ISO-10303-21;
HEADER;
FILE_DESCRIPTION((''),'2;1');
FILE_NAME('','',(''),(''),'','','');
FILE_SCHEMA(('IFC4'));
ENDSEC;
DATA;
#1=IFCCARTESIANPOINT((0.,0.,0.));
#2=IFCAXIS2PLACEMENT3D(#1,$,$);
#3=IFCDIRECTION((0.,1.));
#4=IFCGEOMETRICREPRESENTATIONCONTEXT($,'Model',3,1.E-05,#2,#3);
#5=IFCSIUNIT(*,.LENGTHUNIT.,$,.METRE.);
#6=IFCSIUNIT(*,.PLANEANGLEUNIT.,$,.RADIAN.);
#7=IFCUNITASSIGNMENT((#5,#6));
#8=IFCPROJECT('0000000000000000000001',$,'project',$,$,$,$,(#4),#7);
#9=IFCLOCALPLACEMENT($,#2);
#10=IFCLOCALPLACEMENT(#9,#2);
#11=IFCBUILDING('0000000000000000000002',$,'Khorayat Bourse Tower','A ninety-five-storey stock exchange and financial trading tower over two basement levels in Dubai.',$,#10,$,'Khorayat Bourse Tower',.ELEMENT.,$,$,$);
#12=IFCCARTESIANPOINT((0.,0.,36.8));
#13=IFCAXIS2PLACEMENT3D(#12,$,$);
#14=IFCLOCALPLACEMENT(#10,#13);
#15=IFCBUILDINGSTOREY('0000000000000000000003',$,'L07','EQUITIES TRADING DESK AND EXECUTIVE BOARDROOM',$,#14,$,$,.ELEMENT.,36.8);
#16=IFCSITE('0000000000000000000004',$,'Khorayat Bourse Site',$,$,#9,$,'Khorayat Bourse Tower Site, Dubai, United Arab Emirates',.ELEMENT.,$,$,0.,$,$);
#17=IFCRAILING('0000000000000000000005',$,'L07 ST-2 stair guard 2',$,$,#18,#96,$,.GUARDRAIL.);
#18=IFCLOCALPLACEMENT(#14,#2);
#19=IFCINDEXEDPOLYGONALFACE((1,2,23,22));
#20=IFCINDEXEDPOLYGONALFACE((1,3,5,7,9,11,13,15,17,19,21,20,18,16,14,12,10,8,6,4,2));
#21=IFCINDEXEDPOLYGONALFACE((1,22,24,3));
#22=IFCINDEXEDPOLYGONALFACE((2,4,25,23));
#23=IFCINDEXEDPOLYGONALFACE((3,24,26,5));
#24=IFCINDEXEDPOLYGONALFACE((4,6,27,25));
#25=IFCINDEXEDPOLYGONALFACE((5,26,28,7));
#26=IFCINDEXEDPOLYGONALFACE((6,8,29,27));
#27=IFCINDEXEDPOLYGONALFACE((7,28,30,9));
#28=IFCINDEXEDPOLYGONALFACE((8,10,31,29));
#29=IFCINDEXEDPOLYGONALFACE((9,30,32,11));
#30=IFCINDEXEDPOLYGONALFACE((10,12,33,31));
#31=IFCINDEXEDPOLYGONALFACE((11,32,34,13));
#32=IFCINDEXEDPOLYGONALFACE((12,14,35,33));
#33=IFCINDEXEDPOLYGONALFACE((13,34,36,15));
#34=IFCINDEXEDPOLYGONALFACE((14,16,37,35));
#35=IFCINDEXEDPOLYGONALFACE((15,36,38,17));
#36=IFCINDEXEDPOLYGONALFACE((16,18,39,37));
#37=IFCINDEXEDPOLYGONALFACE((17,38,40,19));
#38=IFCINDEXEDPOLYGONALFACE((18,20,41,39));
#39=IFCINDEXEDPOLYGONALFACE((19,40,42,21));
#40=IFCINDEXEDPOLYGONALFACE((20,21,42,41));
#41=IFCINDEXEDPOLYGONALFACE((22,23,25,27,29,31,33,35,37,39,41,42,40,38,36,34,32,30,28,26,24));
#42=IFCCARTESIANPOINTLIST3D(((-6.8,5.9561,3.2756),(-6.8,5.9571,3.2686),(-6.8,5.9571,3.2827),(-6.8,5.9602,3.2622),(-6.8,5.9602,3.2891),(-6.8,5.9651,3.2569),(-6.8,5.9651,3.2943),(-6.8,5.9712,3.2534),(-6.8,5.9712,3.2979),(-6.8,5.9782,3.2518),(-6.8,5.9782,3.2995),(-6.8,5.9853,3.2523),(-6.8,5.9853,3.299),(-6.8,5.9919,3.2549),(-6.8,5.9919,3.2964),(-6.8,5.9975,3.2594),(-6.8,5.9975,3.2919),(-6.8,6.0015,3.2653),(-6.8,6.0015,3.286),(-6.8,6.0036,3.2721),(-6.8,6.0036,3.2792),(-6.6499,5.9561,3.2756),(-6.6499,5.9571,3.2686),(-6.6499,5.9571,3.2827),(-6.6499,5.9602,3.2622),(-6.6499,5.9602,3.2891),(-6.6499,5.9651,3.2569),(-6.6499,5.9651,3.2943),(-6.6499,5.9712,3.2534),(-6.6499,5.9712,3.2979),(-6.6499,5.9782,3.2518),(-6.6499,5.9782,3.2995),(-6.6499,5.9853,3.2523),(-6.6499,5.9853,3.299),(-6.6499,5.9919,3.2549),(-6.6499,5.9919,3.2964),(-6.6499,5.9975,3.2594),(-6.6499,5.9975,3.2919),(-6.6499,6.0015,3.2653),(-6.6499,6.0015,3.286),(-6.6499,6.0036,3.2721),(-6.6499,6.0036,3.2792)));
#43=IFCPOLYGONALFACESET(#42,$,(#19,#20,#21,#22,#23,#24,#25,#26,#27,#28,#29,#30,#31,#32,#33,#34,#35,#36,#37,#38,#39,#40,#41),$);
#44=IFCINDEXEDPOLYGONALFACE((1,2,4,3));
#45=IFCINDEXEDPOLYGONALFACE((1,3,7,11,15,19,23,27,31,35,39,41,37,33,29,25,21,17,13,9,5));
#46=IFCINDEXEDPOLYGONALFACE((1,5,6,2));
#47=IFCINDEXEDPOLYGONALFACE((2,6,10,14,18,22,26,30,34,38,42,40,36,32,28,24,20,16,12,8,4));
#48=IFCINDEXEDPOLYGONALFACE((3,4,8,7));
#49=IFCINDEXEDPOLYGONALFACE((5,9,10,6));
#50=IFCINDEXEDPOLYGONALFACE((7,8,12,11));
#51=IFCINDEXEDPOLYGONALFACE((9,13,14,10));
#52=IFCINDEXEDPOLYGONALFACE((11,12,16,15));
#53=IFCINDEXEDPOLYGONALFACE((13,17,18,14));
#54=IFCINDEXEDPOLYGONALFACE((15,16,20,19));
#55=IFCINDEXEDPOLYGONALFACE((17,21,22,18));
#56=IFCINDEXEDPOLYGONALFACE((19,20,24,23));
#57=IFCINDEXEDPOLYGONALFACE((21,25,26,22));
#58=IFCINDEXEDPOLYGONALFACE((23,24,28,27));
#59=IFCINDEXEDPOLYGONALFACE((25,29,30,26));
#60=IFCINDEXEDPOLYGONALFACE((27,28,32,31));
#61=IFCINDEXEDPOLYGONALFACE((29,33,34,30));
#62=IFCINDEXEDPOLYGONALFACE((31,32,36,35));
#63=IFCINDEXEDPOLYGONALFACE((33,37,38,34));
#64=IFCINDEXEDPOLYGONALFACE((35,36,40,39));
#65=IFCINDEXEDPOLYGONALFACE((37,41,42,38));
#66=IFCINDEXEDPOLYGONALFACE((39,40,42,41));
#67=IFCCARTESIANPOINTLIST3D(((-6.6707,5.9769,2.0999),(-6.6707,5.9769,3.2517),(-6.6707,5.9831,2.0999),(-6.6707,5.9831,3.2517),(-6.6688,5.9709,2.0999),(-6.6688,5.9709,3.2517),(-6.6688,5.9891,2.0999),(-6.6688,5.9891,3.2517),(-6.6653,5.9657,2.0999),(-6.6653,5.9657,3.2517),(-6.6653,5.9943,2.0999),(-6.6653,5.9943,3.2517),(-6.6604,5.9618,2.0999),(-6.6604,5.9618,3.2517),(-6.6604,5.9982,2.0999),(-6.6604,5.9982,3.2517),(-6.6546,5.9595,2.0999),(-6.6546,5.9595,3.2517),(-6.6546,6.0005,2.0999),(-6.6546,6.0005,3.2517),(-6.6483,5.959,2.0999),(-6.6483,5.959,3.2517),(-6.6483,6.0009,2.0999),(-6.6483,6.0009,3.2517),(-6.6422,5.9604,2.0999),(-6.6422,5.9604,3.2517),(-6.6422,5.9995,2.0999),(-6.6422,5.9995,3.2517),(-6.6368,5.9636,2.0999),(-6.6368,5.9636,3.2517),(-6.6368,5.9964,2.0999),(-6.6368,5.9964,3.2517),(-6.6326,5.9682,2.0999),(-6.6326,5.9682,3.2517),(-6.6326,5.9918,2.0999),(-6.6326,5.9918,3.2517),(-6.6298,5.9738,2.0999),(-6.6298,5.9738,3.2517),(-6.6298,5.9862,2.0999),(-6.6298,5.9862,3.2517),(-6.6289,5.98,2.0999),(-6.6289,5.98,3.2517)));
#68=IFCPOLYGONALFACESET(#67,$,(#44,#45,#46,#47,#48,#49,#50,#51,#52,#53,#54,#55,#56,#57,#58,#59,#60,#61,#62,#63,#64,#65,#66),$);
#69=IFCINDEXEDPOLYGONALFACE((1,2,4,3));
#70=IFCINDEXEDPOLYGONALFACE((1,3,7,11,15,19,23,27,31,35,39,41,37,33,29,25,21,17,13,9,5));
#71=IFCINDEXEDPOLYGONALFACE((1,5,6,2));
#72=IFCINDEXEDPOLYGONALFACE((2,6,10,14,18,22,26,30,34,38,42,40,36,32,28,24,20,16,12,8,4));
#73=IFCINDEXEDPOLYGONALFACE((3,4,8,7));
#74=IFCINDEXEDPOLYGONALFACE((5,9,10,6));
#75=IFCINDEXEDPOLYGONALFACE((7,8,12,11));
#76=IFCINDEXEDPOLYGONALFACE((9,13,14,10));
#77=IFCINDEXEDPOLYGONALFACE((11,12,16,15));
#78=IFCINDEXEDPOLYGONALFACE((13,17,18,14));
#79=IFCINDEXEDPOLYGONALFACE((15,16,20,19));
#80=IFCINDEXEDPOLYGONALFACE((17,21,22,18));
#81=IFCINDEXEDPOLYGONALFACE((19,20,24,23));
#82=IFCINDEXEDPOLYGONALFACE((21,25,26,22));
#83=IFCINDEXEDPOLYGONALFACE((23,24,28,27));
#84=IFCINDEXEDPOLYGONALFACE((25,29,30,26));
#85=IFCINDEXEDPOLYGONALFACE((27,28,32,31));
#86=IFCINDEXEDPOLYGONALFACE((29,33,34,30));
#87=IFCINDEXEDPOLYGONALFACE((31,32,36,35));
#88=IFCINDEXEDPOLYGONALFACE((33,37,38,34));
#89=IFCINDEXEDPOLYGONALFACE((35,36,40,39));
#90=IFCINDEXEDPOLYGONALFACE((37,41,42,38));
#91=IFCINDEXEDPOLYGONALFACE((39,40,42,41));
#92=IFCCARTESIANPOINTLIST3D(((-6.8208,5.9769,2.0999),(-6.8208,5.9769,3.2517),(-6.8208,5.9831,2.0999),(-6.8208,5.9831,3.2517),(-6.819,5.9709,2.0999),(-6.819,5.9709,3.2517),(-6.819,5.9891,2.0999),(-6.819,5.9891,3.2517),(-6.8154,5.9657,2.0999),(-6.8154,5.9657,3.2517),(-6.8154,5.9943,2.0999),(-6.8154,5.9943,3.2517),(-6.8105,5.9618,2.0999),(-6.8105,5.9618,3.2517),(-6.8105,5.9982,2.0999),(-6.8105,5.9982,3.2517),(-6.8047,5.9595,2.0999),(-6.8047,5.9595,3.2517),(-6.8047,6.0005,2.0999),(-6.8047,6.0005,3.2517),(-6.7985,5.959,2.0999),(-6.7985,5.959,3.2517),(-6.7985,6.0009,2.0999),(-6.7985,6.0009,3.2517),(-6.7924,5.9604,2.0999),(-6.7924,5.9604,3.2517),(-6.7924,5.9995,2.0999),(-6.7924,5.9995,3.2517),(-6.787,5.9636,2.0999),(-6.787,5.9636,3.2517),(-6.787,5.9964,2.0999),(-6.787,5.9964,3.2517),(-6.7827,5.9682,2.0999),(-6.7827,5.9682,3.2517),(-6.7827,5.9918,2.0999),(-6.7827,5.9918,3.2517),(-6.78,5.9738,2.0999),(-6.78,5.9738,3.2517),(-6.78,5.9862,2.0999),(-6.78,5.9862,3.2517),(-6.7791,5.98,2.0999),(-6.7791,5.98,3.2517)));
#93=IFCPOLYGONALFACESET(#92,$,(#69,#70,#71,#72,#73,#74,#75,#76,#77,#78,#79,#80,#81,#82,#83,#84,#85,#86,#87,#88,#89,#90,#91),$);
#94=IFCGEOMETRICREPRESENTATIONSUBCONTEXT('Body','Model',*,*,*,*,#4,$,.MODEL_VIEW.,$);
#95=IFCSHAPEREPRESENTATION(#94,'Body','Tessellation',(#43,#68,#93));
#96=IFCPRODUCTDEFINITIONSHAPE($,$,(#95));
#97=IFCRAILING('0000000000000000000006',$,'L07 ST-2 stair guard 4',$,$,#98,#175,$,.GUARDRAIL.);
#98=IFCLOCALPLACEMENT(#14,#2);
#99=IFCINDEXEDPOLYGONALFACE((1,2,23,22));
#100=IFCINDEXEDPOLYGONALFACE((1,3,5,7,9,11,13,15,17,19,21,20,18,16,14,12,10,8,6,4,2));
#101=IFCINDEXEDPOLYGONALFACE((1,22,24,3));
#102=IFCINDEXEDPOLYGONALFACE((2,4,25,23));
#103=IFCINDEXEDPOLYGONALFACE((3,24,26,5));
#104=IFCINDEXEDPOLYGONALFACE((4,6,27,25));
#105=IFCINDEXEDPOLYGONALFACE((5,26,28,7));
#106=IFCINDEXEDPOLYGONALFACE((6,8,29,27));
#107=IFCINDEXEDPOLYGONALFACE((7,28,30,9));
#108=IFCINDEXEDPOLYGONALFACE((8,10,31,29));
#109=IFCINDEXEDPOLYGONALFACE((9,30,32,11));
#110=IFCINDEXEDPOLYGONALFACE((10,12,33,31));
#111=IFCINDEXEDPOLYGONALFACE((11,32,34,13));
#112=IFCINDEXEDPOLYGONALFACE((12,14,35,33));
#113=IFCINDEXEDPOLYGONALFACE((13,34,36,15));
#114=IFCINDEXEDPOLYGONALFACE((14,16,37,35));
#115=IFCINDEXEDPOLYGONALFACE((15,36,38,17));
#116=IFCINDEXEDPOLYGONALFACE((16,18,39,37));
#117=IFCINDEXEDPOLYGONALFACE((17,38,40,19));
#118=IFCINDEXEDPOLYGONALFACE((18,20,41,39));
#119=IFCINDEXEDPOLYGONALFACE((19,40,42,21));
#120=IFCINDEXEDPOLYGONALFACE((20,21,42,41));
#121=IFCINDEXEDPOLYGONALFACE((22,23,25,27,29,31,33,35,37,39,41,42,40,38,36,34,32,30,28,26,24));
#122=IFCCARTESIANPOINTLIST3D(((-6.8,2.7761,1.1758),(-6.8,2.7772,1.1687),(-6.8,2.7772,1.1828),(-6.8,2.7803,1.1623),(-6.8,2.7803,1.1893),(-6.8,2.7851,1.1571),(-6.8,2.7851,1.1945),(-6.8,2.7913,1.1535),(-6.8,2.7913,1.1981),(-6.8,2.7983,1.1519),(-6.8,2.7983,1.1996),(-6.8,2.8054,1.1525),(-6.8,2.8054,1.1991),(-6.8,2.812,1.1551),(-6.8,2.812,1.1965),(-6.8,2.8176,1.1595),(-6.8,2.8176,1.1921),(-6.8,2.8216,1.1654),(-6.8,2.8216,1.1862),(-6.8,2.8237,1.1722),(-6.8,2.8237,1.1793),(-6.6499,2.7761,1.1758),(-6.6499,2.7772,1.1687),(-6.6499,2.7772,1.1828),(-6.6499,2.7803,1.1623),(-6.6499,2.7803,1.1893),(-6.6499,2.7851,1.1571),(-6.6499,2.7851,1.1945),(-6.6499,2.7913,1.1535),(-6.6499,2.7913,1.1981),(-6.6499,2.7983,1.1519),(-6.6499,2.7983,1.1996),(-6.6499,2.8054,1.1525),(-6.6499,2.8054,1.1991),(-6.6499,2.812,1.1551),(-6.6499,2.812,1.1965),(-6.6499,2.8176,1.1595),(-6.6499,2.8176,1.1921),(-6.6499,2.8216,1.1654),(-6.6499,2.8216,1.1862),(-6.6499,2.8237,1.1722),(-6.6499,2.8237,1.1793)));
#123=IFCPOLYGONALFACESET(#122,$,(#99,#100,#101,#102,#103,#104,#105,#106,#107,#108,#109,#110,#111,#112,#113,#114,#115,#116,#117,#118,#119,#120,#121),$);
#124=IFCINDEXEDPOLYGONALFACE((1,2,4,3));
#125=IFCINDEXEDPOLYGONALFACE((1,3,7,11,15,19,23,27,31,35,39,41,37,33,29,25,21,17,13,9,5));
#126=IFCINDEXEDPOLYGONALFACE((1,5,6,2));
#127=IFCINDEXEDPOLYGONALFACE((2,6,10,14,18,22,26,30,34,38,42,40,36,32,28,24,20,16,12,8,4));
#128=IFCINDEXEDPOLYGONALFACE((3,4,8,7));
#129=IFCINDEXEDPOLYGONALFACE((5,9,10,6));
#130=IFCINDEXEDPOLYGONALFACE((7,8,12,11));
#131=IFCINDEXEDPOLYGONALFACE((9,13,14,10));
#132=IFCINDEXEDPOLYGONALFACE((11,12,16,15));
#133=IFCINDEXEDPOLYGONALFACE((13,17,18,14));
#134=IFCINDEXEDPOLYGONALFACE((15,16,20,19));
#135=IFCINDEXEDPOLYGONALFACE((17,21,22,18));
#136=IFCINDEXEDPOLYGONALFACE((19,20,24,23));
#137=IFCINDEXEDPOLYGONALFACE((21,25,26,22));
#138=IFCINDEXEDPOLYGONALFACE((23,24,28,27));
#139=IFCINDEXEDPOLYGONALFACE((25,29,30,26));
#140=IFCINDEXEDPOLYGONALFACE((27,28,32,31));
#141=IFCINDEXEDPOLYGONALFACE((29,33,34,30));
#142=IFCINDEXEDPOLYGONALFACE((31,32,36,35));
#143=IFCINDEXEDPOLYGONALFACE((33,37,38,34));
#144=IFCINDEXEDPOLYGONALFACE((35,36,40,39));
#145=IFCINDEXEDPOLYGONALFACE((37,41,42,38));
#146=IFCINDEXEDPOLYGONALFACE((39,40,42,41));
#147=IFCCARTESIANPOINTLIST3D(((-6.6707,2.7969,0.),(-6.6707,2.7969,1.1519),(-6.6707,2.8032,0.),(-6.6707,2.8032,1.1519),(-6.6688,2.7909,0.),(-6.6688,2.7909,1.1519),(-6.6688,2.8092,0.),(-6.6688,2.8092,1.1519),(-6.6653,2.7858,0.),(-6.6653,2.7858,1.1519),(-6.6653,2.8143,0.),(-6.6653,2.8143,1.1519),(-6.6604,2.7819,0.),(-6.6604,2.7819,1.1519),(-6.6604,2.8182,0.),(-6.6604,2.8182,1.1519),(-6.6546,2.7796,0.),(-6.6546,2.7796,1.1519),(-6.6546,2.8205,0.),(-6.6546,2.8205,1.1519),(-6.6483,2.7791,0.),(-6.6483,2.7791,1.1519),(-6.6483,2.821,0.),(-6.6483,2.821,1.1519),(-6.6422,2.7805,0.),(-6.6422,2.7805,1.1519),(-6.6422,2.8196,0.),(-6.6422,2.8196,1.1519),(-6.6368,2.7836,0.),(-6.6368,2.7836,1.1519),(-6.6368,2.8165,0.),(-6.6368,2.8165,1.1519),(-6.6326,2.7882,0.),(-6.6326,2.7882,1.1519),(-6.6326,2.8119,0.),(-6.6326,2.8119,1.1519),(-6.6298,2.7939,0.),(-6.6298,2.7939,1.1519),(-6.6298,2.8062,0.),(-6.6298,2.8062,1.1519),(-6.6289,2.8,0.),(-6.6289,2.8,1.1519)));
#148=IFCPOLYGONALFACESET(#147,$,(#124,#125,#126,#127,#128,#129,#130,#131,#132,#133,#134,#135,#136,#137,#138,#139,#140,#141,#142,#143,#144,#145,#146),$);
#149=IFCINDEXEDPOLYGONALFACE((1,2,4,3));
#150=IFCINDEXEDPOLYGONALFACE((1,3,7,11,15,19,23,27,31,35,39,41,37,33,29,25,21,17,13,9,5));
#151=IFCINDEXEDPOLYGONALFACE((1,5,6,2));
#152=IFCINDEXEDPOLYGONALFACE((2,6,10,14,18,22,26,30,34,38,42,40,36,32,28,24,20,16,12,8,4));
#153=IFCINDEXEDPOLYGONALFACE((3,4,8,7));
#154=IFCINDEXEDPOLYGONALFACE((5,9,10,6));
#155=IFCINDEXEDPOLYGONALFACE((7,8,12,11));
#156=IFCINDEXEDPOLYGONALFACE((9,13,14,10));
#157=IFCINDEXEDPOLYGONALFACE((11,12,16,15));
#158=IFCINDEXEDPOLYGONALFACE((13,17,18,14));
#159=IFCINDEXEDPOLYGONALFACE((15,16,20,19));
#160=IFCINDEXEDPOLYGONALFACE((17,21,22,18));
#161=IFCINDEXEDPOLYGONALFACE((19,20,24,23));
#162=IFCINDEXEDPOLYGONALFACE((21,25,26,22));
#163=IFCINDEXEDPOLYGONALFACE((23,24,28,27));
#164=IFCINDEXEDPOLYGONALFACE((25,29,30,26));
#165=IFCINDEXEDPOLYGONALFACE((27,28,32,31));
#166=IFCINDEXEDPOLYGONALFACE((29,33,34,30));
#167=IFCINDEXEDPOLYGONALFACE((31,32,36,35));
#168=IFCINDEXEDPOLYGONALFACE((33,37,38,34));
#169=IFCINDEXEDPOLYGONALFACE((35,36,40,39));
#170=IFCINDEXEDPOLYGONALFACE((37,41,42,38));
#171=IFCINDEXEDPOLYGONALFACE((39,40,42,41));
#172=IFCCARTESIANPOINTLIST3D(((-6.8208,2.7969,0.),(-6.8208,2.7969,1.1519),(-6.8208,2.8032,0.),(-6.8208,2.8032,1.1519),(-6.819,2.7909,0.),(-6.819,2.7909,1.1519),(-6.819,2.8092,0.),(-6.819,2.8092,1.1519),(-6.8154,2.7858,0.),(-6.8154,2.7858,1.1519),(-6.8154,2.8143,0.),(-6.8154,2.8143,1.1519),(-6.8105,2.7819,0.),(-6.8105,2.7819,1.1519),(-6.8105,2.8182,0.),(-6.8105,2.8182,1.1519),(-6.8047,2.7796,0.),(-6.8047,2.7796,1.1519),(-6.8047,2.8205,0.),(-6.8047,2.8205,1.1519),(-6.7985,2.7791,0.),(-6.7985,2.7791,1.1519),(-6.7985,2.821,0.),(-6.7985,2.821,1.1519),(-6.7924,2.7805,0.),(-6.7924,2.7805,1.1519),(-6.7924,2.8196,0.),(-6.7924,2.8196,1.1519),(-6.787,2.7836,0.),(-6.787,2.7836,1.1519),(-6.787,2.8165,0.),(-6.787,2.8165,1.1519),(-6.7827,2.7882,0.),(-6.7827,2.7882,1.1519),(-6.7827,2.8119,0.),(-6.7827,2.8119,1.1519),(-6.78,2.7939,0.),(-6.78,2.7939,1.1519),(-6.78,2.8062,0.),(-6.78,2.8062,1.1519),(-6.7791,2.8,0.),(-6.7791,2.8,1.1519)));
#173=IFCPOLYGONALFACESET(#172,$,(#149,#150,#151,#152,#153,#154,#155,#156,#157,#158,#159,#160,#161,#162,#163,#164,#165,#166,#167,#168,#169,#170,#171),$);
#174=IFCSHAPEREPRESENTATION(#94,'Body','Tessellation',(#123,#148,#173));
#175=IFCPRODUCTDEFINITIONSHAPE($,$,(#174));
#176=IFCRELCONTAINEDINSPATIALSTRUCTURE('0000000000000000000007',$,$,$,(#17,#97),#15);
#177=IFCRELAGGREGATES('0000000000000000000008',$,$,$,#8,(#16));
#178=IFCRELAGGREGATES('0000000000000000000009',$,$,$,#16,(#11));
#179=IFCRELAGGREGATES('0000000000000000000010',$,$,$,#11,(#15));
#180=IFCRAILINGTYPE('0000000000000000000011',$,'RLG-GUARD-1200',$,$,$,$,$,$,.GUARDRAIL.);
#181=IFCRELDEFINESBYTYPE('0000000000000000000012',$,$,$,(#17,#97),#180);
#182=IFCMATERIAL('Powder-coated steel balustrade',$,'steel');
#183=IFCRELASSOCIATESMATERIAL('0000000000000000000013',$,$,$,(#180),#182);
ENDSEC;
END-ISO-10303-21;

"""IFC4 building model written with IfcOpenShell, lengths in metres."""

from ifc_helpers import new_model, si_unit, direction, frame, origin, origin_2d, place, context, subcontext, project, spatial, circle, extrude, source, transform, mapped, material, type_object, element, save


model = new_model("IFC4")

# Units and contexts
model_context = context("Model", 3, precision=1e-05, world=origin(), true_north=direction((0.0, 1.0)))
body_context = subcontext(model_context, "Body", "Model", "MODEL_VIEW")
ifc_project = project(units=[si_unit("LENGTHUNIT", "METRE"), si_unit("PLANEANGLEUNIT", "RADIAN")], contexts=[model_context])

# Site, building, storey
site_placement = place(None, origin())
site = spatial("IfcSite", under=ifc_project, at=site_placement, Name="Khorayat Bourse Site", LongName="Khorayat Bourse Tower Site, Dubai, United Arab Emirates", CompositionType="ELEMENT", RefElevation=0.0)
building_placement = place(site_placement, origin())
building = spatial("IfcBuilding", under=site, at=building_placement, Name="Khorayat Bourse Tower", Description="A ninety-five-storey stock exchange and financial trading tower over two basement levels in Dubai.", LongName="Khorayat Bourse Tower", CompositionType="ELEMENT")
storey_placement = place(building_placement, frame((0.0, 0.0, 36.8)))
storey = spatial("IfcBuildingStorey", under=building, at=storey_placement, Name="L07", Description="EQUITIES TRADING DESK AND EXECUTIVE BOARDROOM", CompositionType="ELEMENT", Elevation=36.8)

# Railings
ifc_material_1 = material(Name="Powder-coated steel balustrade", Category="steel")
railing_type_1 = type_object("IfcRailingType", Name="RLG-GUARD-1200", PredefinedType="GUARDRAIL", material=ifc_material_1)
shared_shape_1 = source(origin(), body_context, "Body", "SweptSolid", [
    extrude(circle(Radius=0.0239, at=origin_2d()), frame((0.0, 0.0, 1.1758), z_axis=(-1.0, 0.0, 0.0), x_axis=(0.0, -1.0, 0.0)), (0.0, 0.0, 1.0), 0.1501),
    extrude(circle(Radius=0.021, at=origin_2d()), origin(), (0.0, 0.0, 1.0), 1.1519),
    extrude(circle(Radius=0.021, at=origin_2d()), frame((-0.1501, 0.0, 0.0)), (0.0, 0.0, 1.0), 1.1519),
])
for number, where, name in (
    (1, (-6.6499, 5.98, 2.0999), "L07 ST-2 stair guard 2"),
    (2, (-6.6499, 2.8, 0.0), "L07 ST-2 stair guard 4"),
):
    element("IfcRailing", number, at=place(storey_placement, frame(where)), inside=storey, type_object=railing_type_1, Name=name, PredefinedType="GUARDRAIL", context=body_context, shape_type="MappedRepresentation", body=[
        mapped(shared_shape_1, transform((0.0, 0.0, 0.0), scale=1.0)),
    ])

save(model, "model.ifc")
